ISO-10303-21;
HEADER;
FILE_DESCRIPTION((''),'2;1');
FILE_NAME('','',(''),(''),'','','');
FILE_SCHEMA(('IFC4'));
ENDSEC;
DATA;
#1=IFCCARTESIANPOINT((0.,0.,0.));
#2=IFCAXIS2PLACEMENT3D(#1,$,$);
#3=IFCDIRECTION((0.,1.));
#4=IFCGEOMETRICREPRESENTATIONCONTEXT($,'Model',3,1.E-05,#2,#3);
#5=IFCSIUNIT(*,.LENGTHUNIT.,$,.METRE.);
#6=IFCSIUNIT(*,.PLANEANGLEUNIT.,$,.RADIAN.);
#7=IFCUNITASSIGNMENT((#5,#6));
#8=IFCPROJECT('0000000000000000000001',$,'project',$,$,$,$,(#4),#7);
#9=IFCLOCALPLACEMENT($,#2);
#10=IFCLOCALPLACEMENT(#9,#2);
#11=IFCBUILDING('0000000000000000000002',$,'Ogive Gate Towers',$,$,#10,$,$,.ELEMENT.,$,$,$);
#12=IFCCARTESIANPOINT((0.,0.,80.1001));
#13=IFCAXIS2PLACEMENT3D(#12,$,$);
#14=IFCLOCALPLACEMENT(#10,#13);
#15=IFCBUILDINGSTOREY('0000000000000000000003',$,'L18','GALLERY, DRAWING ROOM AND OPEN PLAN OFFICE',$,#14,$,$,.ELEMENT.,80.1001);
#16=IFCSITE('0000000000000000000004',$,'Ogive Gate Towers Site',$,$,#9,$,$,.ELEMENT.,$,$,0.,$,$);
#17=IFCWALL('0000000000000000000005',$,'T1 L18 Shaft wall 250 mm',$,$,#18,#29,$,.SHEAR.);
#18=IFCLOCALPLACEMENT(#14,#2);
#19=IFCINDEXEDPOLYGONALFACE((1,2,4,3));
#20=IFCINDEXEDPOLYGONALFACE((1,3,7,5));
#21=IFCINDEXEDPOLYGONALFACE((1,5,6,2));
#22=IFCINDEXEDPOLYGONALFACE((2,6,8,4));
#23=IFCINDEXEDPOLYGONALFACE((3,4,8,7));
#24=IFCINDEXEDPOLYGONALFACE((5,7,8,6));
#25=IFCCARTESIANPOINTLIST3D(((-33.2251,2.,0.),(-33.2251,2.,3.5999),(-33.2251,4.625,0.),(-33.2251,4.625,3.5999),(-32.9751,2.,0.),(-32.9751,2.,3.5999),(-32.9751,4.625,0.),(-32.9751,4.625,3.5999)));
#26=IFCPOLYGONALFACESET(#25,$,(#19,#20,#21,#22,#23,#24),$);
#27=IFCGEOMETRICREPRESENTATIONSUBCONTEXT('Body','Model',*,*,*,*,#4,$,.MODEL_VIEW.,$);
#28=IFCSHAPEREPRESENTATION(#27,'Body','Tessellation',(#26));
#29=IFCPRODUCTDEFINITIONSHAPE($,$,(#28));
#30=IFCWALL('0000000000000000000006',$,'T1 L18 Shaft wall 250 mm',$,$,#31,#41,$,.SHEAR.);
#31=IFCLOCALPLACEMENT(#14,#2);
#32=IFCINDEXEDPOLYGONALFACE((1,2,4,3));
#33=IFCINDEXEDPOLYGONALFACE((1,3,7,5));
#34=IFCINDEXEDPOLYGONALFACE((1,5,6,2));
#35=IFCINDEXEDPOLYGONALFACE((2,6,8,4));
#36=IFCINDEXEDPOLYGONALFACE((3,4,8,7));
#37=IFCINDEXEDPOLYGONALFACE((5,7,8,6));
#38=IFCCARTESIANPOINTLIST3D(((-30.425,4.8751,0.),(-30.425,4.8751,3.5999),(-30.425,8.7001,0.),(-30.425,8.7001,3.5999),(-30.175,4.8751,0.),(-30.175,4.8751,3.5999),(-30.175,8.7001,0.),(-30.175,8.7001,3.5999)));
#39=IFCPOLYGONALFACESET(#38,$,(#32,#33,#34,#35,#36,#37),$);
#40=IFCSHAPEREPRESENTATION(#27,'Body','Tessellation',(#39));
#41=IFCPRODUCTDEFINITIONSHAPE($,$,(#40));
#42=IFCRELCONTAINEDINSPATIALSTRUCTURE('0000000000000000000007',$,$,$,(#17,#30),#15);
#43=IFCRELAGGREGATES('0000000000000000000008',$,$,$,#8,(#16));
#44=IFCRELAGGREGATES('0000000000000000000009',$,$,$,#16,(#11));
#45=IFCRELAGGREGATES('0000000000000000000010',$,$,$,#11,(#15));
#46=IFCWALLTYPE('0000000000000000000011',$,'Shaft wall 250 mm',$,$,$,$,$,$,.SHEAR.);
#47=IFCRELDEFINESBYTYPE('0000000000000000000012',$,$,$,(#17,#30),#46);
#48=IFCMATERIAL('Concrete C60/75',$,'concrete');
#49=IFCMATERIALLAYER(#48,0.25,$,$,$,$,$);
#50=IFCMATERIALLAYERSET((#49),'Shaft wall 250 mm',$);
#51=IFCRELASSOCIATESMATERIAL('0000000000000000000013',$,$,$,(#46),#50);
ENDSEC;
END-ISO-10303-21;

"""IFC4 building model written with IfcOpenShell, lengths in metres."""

from ifc_helpers import new_model, si_unit, direction, frame, frame_2d, origin, place, context, subcontext, project, spatial, rectangle, extrude, material, layer, layer_set, type_object, element, save


model = new_model("IFC4")

# Units and contexts
model_context = context("Model", 3, precision=1e-05, world=origin(), true_north=direction((0.0, 1.0)))
body_context = subcontext(model_context, "Body", "Model", "MODEL_VIEW")
ifc_project = project(units=[si_unit("LENGTHUNIT", "METRE"), si_unit("PLANEANGLEUNIT", "RADIAN")], contexts=[model_context])

# Site, building, storey
site_placement = place(None, origin())
site = spatial("IfcSite", under=ifc_project, at=site_placement, Name="Ogive Gate Towers Site", CompositionType="ELEMENT", RefElevation=0.0)
building_placement = place(site_placement, origin())
building = spatial("IfcBuilding", under=site, at=building_placement, Name="Ogive Gate Towers", CompositionType="ELEMENT")
storey_placement = place(building_placement, frame((0.0, 0.0, 80.1001)))
storey = spatial("IfcBuildingStorey", under=building, at=storey_placement, Name="L18", Description="GALLERY, DRAWING ROOM AND OPEN PLAN OFFICE", CompositionType="ELEMENT", Elevation=80.1001)

# Shared definitions
ifc_material_1 = material(Name="Concrete C60/75", Category="concrete")
ifc_layer_1 = layer(ifc_material_1, 0.25)
ifc_layer_set_1 = layer_set([ifc_layer_1], Name="Shaft wall 250 mm")
wall_type_1 = type_object("IfcWallType", Name="Shaft wall 250 mm", PredefinedType="SHEAR", material=ifc_layer_set_1)

# Walls
wall_1_placement = place(storey_placement, frame((-33.1001, 2.0, 0.0), z_axis=(0.0, 0.0, 1.0), x_axis=(0.0, 1.0, 0.0)))
element("IfcWall", 1, at=wall_1_placement, inside=storey, type_object=wall_type_1, Name="T1 L18 Shaft wall 250 mm", PredefinedType="SHEAR", context=body_context, shape_type="SweptSolid", body=[
    extrude(rectangle(XDim=2.625, YDim=0.25, at=frame_2d((1.3125, 0.0))), origin(), (0.0, 0.0, 1.0), 3.5999),
])
wall_2_placement = place(storey_placement, frame((-30.3, 4.875, 0.0), z_axis=(0.0, 0.0, 1.0), x_axis=(0.0, 1.0, 0.0)))
element("IfcWall", 2, at=wall_2_placement, inside=storey, type_object=wall_type_1, Name="T1 L18 Shaft wall 250 mm", PredefinedType="SHEAR", context=body_context, shape_type="SweptSolid", body=[
    extrude(rectangle(XDim=3.825, YDim=0.25, at=frame_2d((1.9126, 0.0))), origin(), (0.0, 0.0, 1.0), 3.5999),
])

save(model, "model.ifc")
